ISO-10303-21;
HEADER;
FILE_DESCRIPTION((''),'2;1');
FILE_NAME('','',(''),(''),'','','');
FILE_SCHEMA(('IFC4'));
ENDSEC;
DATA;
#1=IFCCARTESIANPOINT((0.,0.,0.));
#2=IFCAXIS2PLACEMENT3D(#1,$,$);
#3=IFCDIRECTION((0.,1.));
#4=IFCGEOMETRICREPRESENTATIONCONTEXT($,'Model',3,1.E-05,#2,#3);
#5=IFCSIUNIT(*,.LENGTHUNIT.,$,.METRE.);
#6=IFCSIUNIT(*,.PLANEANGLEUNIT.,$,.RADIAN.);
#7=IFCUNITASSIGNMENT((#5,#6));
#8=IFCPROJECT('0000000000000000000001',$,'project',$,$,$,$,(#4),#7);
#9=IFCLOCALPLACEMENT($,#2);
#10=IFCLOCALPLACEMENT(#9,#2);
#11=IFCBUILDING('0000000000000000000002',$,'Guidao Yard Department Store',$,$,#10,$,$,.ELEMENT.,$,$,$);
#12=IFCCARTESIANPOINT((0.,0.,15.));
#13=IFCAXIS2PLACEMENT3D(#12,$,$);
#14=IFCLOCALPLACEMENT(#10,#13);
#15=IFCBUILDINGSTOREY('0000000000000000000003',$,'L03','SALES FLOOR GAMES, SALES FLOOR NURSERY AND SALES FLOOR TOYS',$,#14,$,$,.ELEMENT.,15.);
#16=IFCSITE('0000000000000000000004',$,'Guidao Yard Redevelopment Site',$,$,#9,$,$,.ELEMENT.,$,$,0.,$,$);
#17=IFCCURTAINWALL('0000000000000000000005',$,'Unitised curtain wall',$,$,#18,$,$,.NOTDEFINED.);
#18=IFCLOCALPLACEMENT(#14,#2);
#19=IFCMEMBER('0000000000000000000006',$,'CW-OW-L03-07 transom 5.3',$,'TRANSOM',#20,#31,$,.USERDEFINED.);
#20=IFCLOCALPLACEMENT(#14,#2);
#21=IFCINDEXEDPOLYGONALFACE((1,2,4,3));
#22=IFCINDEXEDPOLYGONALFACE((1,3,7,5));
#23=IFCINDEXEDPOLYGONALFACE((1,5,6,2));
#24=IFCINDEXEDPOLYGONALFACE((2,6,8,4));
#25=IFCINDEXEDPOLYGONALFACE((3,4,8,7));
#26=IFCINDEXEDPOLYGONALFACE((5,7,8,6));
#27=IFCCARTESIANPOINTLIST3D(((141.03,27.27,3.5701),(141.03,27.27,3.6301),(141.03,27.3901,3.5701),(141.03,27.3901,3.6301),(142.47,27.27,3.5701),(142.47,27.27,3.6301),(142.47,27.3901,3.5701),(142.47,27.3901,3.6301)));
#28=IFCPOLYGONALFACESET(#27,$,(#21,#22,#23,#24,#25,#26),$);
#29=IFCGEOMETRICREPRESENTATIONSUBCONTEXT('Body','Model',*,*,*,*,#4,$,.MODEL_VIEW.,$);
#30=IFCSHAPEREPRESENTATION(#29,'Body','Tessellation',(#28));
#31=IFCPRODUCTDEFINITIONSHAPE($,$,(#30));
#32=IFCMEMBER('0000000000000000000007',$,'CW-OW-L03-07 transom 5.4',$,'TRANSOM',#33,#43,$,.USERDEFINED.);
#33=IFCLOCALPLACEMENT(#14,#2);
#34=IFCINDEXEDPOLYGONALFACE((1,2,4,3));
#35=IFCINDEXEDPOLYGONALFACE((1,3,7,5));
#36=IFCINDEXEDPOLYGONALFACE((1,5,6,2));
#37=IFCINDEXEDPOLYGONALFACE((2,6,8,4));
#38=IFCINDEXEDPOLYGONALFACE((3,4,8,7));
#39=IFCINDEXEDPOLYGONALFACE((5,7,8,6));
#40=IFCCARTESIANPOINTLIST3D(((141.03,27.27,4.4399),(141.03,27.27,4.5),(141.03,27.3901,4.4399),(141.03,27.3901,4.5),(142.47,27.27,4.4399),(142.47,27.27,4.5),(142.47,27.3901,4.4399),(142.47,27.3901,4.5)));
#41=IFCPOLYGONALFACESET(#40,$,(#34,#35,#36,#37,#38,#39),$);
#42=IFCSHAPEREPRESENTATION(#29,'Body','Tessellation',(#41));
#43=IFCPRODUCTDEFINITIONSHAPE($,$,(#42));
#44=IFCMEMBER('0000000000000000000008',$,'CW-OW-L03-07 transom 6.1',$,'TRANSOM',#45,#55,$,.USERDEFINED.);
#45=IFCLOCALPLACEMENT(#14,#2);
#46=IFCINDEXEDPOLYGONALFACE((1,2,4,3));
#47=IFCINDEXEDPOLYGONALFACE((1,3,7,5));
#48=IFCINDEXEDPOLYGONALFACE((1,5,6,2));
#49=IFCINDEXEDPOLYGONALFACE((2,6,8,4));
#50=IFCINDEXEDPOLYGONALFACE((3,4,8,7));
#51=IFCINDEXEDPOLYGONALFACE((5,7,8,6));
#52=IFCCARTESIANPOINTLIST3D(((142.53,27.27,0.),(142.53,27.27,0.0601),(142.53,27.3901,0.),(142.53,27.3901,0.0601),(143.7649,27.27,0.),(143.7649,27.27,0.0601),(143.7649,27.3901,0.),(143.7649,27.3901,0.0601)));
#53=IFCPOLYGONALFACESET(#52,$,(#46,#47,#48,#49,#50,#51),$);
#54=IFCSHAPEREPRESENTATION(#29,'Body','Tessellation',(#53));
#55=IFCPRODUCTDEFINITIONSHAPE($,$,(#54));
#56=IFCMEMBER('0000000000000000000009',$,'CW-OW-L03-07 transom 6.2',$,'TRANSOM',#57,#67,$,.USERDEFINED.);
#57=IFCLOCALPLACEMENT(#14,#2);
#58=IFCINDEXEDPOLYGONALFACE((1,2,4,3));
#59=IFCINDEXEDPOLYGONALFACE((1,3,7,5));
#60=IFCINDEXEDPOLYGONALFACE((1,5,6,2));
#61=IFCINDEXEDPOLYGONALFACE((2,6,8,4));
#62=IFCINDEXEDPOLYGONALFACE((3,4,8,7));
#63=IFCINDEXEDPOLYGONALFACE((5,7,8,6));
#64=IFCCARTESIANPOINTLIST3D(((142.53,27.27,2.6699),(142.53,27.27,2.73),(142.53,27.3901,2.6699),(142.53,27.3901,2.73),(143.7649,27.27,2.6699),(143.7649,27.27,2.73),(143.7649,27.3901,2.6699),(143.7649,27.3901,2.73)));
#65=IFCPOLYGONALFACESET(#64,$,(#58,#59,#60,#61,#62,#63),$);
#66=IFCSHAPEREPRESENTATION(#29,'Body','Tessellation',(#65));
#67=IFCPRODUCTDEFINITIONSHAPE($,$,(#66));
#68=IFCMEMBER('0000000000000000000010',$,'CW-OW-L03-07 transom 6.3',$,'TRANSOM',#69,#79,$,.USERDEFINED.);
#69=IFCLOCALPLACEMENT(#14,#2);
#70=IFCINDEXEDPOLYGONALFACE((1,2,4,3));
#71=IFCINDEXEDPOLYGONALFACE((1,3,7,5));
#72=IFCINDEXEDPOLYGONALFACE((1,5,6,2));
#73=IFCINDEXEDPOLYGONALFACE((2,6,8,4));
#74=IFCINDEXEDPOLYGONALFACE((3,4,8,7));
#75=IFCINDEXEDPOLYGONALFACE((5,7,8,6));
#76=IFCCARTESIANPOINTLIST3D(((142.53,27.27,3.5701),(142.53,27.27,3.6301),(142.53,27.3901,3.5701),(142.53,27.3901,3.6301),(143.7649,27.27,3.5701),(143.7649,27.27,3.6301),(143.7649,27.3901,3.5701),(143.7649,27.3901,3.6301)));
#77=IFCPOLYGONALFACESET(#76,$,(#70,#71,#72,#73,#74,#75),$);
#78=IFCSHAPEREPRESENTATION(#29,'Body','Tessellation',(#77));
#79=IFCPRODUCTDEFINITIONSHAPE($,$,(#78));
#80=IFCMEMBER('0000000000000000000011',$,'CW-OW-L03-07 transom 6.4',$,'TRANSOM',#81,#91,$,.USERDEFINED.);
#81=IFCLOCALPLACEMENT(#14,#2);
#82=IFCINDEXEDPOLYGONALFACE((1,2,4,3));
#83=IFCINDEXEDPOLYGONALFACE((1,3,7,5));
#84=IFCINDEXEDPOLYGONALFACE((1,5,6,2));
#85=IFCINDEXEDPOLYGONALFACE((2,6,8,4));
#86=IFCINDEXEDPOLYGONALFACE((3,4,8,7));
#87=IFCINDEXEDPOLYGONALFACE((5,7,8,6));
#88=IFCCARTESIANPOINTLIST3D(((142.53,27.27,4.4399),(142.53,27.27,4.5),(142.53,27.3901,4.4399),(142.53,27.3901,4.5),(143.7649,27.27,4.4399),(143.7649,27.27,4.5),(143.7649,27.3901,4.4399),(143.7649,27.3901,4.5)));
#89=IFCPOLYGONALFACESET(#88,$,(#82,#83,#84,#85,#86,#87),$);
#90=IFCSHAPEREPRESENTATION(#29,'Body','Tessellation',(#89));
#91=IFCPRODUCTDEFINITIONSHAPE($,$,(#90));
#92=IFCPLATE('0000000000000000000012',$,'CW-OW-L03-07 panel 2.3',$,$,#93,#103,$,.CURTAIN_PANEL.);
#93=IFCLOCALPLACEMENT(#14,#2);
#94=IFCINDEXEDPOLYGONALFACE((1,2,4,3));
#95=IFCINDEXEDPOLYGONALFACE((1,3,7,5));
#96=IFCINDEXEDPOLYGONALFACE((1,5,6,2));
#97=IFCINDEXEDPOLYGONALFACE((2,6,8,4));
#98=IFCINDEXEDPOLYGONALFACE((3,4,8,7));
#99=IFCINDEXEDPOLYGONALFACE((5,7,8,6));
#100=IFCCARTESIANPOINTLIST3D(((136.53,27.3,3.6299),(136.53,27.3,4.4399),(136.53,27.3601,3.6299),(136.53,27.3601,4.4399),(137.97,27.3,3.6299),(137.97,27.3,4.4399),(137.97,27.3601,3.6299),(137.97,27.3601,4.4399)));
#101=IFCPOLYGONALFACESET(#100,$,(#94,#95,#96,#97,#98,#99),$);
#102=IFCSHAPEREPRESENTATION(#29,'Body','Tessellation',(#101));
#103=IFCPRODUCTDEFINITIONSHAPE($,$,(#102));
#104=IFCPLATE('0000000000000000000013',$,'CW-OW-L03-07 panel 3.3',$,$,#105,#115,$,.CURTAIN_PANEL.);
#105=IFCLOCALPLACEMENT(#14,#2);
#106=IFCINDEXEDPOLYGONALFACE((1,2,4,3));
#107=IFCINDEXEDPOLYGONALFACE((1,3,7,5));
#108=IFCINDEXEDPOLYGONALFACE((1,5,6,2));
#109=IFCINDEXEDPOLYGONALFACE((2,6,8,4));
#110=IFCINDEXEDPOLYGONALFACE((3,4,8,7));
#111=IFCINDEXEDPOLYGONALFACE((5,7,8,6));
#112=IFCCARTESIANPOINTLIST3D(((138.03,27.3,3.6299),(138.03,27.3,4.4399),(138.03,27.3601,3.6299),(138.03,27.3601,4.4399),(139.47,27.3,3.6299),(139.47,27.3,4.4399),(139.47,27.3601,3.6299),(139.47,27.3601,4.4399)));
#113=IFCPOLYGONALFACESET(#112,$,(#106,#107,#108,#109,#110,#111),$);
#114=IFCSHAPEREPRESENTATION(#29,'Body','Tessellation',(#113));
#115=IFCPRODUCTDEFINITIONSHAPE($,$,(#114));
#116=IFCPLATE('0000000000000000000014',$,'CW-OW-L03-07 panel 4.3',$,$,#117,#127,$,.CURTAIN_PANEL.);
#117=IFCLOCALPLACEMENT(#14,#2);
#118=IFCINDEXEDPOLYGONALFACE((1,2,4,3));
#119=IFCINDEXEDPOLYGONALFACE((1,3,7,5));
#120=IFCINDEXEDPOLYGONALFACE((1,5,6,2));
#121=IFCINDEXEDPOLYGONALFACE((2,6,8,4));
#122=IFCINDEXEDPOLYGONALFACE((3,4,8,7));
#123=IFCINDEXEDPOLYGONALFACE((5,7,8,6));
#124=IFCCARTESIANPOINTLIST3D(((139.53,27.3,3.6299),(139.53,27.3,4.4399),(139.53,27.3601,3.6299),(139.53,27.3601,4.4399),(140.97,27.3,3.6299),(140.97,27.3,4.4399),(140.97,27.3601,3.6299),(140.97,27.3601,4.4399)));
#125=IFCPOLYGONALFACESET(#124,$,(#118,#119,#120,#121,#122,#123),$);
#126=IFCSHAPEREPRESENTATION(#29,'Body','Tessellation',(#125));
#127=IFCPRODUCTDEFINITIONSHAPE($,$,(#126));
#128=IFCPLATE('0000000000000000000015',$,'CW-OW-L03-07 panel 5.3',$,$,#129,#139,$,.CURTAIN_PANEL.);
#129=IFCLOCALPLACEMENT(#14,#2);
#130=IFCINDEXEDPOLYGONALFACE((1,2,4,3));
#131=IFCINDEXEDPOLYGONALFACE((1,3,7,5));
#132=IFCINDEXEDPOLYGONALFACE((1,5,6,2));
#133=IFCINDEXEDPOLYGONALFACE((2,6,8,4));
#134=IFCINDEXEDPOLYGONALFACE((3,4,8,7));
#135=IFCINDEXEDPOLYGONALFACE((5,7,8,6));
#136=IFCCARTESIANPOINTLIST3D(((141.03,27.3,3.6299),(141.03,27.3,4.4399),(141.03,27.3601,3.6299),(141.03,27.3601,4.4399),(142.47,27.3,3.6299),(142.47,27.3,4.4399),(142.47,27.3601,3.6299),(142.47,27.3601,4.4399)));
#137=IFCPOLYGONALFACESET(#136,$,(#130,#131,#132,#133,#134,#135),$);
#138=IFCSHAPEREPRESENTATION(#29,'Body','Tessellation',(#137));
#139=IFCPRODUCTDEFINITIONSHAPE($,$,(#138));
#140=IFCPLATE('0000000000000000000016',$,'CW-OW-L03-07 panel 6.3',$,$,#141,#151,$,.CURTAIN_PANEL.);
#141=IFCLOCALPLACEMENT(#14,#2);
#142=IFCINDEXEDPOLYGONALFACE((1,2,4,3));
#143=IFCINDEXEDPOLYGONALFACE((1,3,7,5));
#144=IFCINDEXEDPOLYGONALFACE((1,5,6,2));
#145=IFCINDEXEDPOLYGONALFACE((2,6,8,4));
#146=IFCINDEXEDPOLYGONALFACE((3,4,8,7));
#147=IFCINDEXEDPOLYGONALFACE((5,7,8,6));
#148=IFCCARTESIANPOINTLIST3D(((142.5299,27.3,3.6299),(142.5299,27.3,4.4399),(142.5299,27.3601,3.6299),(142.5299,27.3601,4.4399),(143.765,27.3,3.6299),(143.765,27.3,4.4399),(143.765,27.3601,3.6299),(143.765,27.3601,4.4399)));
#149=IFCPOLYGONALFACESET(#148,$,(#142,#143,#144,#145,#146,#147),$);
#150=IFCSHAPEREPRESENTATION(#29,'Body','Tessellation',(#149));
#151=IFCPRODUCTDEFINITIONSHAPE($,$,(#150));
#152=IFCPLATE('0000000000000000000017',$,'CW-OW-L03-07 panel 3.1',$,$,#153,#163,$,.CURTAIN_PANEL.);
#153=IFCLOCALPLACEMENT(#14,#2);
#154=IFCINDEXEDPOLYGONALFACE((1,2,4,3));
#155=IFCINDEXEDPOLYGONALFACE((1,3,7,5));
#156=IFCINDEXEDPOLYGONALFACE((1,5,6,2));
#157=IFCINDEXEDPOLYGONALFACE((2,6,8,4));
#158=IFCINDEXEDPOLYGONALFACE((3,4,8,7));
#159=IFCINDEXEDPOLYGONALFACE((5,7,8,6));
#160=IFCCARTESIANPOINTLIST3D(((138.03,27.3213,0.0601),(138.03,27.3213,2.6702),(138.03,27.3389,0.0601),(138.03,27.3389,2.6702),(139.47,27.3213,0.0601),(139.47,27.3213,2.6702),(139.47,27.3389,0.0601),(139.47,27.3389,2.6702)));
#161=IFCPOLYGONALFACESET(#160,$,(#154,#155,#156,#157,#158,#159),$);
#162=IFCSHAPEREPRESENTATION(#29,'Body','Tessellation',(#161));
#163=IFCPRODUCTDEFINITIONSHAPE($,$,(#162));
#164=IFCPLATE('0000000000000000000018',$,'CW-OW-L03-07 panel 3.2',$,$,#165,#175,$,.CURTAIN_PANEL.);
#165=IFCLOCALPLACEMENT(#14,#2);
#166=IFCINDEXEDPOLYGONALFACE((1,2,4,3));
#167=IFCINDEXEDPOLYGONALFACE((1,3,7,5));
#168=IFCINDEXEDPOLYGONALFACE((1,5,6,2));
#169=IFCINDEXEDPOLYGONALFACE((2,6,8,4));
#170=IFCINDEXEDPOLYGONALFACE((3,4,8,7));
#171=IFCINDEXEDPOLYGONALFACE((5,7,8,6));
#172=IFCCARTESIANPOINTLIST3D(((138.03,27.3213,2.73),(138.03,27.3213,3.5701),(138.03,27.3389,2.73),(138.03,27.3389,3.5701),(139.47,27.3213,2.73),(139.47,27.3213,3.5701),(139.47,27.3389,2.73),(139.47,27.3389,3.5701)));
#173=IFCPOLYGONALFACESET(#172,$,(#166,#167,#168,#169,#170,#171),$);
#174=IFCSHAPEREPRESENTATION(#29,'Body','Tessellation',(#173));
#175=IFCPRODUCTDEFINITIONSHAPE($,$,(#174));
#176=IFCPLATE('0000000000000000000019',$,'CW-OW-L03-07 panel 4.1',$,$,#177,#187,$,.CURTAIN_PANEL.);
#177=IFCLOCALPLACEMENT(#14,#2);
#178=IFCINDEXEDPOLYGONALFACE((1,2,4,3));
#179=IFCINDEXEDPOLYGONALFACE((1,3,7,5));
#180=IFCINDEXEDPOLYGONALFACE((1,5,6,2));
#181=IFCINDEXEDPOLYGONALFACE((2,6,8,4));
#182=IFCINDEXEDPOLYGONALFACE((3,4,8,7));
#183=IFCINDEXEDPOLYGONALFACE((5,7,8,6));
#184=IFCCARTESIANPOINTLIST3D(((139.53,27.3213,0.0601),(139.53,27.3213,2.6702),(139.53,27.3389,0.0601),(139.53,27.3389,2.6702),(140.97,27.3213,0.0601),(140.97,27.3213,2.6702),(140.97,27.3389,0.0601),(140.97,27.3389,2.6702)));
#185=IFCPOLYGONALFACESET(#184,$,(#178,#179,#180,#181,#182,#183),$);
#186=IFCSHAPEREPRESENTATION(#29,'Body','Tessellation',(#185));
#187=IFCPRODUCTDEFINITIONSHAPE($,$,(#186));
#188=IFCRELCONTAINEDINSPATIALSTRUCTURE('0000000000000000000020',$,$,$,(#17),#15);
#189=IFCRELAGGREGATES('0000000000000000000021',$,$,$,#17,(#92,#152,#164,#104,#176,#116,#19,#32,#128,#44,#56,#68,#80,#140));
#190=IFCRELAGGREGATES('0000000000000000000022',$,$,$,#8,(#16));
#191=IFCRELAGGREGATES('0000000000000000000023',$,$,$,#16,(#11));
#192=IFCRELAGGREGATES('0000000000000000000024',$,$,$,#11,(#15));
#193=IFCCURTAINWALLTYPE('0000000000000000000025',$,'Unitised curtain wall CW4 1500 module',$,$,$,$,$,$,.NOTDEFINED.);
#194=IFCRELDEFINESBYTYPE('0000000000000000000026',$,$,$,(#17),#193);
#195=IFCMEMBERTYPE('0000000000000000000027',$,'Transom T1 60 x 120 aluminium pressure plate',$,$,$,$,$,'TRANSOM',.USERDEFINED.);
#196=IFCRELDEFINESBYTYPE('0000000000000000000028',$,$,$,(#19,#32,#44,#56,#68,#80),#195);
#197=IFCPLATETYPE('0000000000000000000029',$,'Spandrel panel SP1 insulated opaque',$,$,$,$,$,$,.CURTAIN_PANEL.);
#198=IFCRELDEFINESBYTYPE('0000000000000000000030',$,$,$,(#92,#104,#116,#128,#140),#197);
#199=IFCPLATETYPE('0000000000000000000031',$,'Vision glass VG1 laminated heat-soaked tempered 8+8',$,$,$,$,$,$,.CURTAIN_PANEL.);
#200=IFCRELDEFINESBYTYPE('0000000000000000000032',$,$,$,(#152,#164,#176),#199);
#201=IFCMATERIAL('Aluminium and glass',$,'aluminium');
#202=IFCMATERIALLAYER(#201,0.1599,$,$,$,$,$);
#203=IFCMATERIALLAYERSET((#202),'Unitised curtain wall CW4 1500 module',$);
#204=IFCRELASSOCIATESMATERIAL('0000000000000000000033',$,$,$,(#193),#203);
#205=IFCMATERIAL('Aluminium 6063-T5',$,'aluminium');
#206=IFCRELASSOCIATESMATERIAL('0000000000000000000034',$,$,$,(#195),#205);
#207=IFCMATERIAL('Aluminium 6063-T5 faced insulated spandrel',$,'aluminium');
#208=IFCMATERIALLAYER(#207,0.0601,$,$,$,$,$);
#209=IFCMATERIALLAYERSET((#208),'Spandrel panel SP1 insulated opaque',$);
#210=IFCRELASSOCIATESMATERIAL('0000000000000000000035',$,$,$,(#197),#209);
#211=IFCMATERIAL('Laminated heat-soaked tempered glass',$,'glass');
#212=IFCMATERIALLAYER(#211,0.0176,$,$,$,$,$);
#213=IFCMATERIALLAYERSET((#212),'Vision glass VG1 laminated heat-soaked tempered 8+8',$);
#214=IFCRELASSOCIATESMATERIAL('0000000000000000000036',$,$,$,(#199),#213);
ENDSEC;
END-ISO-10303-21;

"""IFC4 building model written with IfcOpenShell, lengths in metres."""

from ifc_helpers import new_model, si_unit, direction, frame, origin, origin_2d, place, context, subcontext, project, spatial, rectangle, extrude, material, layer, layer_set, material_profile, profile_set, type_object, element, aggregate, save


model = new_model("IFC4")

# Units and contexts
model_context = context("Model", 3, precision=1e-05, world=origin(), true_north=direction((0.0, 1.0)))
body_context = subcontext(model_context, "Body", "Model", "MODEL_VIEW")
ifc_project = project(units=[si_unit("LENGTHUNIT", "METRE"), si_unit("PLANEANGLEUNIT", "RADIAN")], contexts=[model_context])

# Site, building, storey
site_placement = place(None, origin())
site = spatial("IfcSite", under=ifc_project, at=site_placement, Name="Guidao Yard Redevelopment Site", CompositionType="ELEMENT", RefElevation=0.0)
building_placement = place(site_placement, origin())
building = spatial("IfcBuilding", under=site, at=building_placement, Name="Guidao Yard Department Store", CompositionType="ELEMENT")
storey_placement = place(building_placement, frame((0.0, 0.0, 15.0)))
storey = spatial("IfcBuildingStorey", under=building, at=storey_placement, Name="L03", Description="SALES FLOOR GAMES, SALES FLOOR NURSERY AND SALES FLOOR TOYS", CompositionType="ELEMENT", Elevation=15.0)

# Curtain wall, members, plates
ifc_material_1 = material(Name="Aluminium and glass", Category="aluminium")
ifc_layer_1 = layer(ifc_material_1, 0.1599)
ifc_layer_set_1 = layer_set([ifc_layer_1], Name="Unitised curtain wall CW4 1500 module")
curtain_wall_type = type_object("IfcCurtainWallType", Name="Unitised curtain wall CW4 1500 module", PredefinedType="NOTDEFINED", material=ifc_layer_set_1)
curtain_wall_placement = place(storey_placement, origin())
curtain_wall = element("IfcCurtainWall", 1, at=curtain_wall_placement, inside=storey, type_object=curtain_wall_type, Name="Unitised curtain wall", PredefinedType="NOTDEFINED")
ifc_material_2 = material(Name="Aluminium 6063-T5", Category="aluminium")
ifc_material_profile_1 = material_profile(ifc_material_2, rectangle(XDim=0.1201, YDim=0.0601, at=origin_2d()), Name="Transom T1 60 x 120 aluminium pressure plate")
ifc_profile_set_1 = profile_set([ifc_material_profile_1], Name="Aluminium 6063-T5")
member_type_1 = type_object("IfcMemberType", Name="Transom T1 60 x 120 aluminium pressure plate", ElementType="TRANSOM", PredefinedType="USERDEFINED", material=ifc_profile_set_1)
member_1_placement = place(storey_placement, frame((141.03, 27.3301, 3.6001), z_axis=(1.0, 0.0, 0.0), x_axis=(0.0, 1.0, 0.0)))
member_1 = element("IfcMember", 2, at=member_1_placement, type_object=member_type_1, Name="CW-OW-L03-07 transom 5.3", ObjectType="TRANSOM", PredefinedType="USERDEFINED", context=body_context, shape_type="SweptSolid", body=[
    extrude(rectangle(XDim=0.1201, YDim=0.0601, at=origin_2d()), origin(), (0.0, 0.0, 1.0), 1.4399),
])
member_2_placement = place(storey_placement, frame((141.03, 27.3301, 4.47), z_axis=(1.0, 0.0, 0.0), x_axis=(0.0, 1.0, 0.0)))
member_2 = element("IfcMember", 3, at=member_2_placement, type_object=member_type_1, Name="CW-OW-L03-07 transom 5.4", ObjectType="TRANSOM", PredefinedType="USERDEFINED", context=body_context, shape_type="SweptSolid", body=[
    extrude(rectangle(XDim=0.1201, YDim=0.0601, at=origin_2d()), origin(), (0.0, 0.0, 1.0), 1.4399),
])
member_3_placement = place(storey_placement, frame((142.53, 27.3301, 0.03), z_axis=(1.0, 0.0, 0.0), x_axis=(0.0, 1.0, 0.0)))
member_3 = element("IfcMember", 4, at=member_3_placement, type_object=member_type_1, Name="CW-OW-L03-07 transom 6.1", ObjectType="TRANSOM", PredefinedType="USERDEFINED", context=body_context, shape_type="SweptSolid", body=[
    extrude(rectangle(XDim=0.1201, YDim=0.0601, at=origin_2d()), origin(), (0.0, 0.0, 1.0), 1.2349),
])
member_4_placement = place(storey_placement, frame((142.53, 27.3301, 2.7), z_axis=(1.0, 0.0, 0.0), x_axis=(0.0, 1.0, 0.0)))
member_4 = element("IfcMember", 5, at=member_4_placement, type_object=member_type_1, Name="CW-OW-L03-07 transom 6.2", ObjectType="TRANSOM", PredefinedType="USERDEFINED", context=body_context, shape_type="SweptSolid", body=[
    extrude(rectangle(XDim=0.1201, YDim=0.0601, at=origin_2d()), origin(), (0.0, 0.0, 1.0), 1.2349),
])
member_5_placement = place(storey_placement, frame((142.53, 27.3301, 3.6001), z_axis=(1.0, 0.0, 0.0), x_axis=(0.0, 1.0, 0.0)))
member_5 = element("IfcMember", 6, at=member_5_placement, type_object=member_type_1, Name="CW-OW-L03-07 transom 6.3", ObjectType="TRANSOM", PredefinedType="USERDEFINED", context=body_context, shape_type="SweptSolid", body=[
    extrude(rectangle(XDim=0.1201, YDim=0.0601, at=origin_2d()), origin(), (0.0, 0.0, 1.0), 1.2349),
])
member_6_placement = place(storey_placement, frame((142.53, 27.3301, 4.47), z_axis=(1.0, 0.0, 0.0), x_axis=(0.0, 1.0, 0.0)))
member_6 = element("IfcMember", 7, at=member_6_placement, type_object=member_type_1, Name="CW-OW-L03-07 transom 6.4", ObjectType="TRANSOM", PredefinedType="USERDEFINED", context=body_context, shape_type="SweptSolid", body=[
    extrude(rectangle(XDim=0.1201, YDim=0.0601, at=origin_2d()), origin(), (0.0, 0.0, 1.0), 1.2349),
])
ifc_material_3 = material(Name="Aluminium 6063-T5 faced insulated spandrel", Category="aluminium")
ifc_layer_2 = layer(ifc_material_3, 0.0601)
ifc_layer_set_2 = layer_set([ifc_layer_2], Name="Spandrel panel SP1 insulated opaque")
plate_type_1 = type_object("IfcPlateType", Name="Spandrel panel SP1 insulated opaque", PredefinedType="CURTAIN_PANEL", material=ifc_layer_set_2)
plate_1_placement = place(storey_placement, frame((137.25, 27.3301, 3.6299), z_axis=(0.0, 0.0, 1.0), x_axis=(1.0, 0.0, 0.0)))
plate_1 = element("IfcPlate", 8, at=plate_1_placement, type_object=plate_type_1, Name="CW-OW-L03-07 panel 2.3", PredefinedType="CURTAIN_PANEL", context=body_context, shape_type="SweptSolid", body=[
    extrude(rectangle(XDim=1.4399, YDim=0.0601, at=origin_2d()), origin(), (0.0, 0.0, 1.0), 0.8101),
])
plate_2_placement = place(storey_placement, frame((138.75, 27.3301, 3.6299), z_axis=(0.0, 0.0, 1.0), x_axis=(1.0, 0.0, 0.0)))
plate_2 = element("IfcPlate", 9, at=plate_2_placement, type_object=plate_type_1, Name="CW-OW-L03-07 panel 3.3", PredefinedType="CURTAIN_PANEL", context=body_context, shape_type="SweptSolid", body=[
    extrude(rectangle(XDim=1.4399, YDim=0.0601, at=origin_2d()), origin(), (0.0, 0.0, 1.0), 0.8101),
])
plate_3_placement = place(storey_placement, frame((140.25, 27.3301, 3.6299), z_axis=(0.0, 0.0, 1.0), x_axis=(1.0, 0.0, 0.0)))
plate_3 = element("IfcPlate", 10, at=plate_3_placement, type_object=plate_type_1, Name="CW-OW-L03-07 panel 4.3", PredefinedType="CURTAIN_PANEL", context=body_context, shape_type="SweptSolid", body=[
    extrude(rectangle(XDim=1.4399, YDim=0.0601, at=origin_2d()), origin(), (0.0, 0.0, 1.0), 0.8101),
])
plate_4_placement = place(storey_placement, frame((141.75, 27.3301, 3.6299), z_axis=(0.0, 0.0, 1.0), x_axis=(1.0, 0.0, 0.0)))
plate_4 = element("IfcPlate", 11, at=plate_4_placement, type_object=plate_type_1, Name="CW-OW-L03-07 panel 5.3", PredefinedType="CURTAIN_PANEL", context=body_context, shape_type="SweptSolid", body=[
    extrude(rectangle(XDim=1.4399, YDim=0.0601, at=origin_2d()), origin(), (0.0, 0.0, 1.0), 0.8101),
])
plate_5_placement = place(storey_placement, frame((143.1475, 27.3301, 3.6299), z_axis=(0.0, 0.0, 1.0), x_axis=(1.0, 0.0, 0.0)))
plate_5 = element("IfcPlate", 12, at=plate_5_placement, type_object=plate_type_1, Name="CW-OW-L03-07 panel 6.3", PredefinedType="CURTAIN_PANEL", context=body_context, shape_type="SweptSolid", body=[
    extrude(rectangle(XDim=1.2351, YDim=0.0601, at=origin_2d()), origin(), (0.0, 0.0, 1.0), 0.8101),
])
ifc_material_4 = material(Name="Laminated heat-soaked tempered glass", Category="glass")
ifc_layer_3 = layer(ifc_material_4, 0.0176)
ifc_layer_set_3 = layer_set([ifc_layer_3], Name="Vision glass VG1 laminated heat-soaked tempered 8+8")
plate_type_2 = type_object("IfcPlateType", Name="Vision glass VG1 laminated heat-soaked tempered 8+8", PredefinedType="CURTAIN_PANEL", material=ifc_layer_set_3)
plate_6_placement = place(storey_placement, frame((138.75, 27.3301, 0.0601), z_axis=(0.0, 0.0, 1.0), x_axis=(1.0, 0.0, 0.0)))
plate_6 = element("IfcPlate", 13, at=plate_6_placement, type_object=plate_type_2, Name="CW-OW-L03-07 panel 3.1", PredefinedType="CURTAIN_PANEL", context=body_context, shape_type="SweptSolid", body=[
    extrude(rectangle(XDim=1.4399, YDim=0.0176, at=origin_2d()), origin(), (0.0, 0.0, 1.0), 2.6101),
])
plate_7_placement = place(storey_placement, frame((138.75, 27.3301, 2.73), z_axis=(0.0, 0.0, 1.0), x_axis=(1.0, 0.0, 0.0)))
plate_7 = element("IfcPlate", 14, at=plate_7_placement, type_object=plate_type_2, Name="CW-OW-L03-07 panel 3.2", PredefinedType="CURTAIN_PANEL", context=body_context, shape_type="SweptSolid", body=[
    extrude(rectangle(XDim=1.4399, YDim=0.0176, at=origin_2d()), origin(), (0.0, 0.0, 1.0), 0.8401),
])
plate_8_placement = place(storey_placement, frame((140.25, 27.3301, 0.0601), z_axis=(0.0, 0.0, 1.0), x_axis=(1.0, 0.0, 0.0)))
plate_8 = element("IfcPlate", 15, at=plate_8_placement, type_object=plate_type_2, Name="CW-OW-L03-07 panel 4.1", PredefinedType="CURTAIN_PANEL", context=body_context, shape_type="SweptSolid", body=[
    extrude(rectangle(XDim=1.4399, YDim=0.0176, at=origin_2d()), origin(), (0.0, 0.0, 1.0), 2.6101),
])
aggregate(curtain_wall, [plate_1, plate_6, plate_7, plate_2, plate_8, plate_3, member_1, member_2, plate_4, member_3, member_4, member_5, member_6, plate_5])

save(model, "model.ifc")
